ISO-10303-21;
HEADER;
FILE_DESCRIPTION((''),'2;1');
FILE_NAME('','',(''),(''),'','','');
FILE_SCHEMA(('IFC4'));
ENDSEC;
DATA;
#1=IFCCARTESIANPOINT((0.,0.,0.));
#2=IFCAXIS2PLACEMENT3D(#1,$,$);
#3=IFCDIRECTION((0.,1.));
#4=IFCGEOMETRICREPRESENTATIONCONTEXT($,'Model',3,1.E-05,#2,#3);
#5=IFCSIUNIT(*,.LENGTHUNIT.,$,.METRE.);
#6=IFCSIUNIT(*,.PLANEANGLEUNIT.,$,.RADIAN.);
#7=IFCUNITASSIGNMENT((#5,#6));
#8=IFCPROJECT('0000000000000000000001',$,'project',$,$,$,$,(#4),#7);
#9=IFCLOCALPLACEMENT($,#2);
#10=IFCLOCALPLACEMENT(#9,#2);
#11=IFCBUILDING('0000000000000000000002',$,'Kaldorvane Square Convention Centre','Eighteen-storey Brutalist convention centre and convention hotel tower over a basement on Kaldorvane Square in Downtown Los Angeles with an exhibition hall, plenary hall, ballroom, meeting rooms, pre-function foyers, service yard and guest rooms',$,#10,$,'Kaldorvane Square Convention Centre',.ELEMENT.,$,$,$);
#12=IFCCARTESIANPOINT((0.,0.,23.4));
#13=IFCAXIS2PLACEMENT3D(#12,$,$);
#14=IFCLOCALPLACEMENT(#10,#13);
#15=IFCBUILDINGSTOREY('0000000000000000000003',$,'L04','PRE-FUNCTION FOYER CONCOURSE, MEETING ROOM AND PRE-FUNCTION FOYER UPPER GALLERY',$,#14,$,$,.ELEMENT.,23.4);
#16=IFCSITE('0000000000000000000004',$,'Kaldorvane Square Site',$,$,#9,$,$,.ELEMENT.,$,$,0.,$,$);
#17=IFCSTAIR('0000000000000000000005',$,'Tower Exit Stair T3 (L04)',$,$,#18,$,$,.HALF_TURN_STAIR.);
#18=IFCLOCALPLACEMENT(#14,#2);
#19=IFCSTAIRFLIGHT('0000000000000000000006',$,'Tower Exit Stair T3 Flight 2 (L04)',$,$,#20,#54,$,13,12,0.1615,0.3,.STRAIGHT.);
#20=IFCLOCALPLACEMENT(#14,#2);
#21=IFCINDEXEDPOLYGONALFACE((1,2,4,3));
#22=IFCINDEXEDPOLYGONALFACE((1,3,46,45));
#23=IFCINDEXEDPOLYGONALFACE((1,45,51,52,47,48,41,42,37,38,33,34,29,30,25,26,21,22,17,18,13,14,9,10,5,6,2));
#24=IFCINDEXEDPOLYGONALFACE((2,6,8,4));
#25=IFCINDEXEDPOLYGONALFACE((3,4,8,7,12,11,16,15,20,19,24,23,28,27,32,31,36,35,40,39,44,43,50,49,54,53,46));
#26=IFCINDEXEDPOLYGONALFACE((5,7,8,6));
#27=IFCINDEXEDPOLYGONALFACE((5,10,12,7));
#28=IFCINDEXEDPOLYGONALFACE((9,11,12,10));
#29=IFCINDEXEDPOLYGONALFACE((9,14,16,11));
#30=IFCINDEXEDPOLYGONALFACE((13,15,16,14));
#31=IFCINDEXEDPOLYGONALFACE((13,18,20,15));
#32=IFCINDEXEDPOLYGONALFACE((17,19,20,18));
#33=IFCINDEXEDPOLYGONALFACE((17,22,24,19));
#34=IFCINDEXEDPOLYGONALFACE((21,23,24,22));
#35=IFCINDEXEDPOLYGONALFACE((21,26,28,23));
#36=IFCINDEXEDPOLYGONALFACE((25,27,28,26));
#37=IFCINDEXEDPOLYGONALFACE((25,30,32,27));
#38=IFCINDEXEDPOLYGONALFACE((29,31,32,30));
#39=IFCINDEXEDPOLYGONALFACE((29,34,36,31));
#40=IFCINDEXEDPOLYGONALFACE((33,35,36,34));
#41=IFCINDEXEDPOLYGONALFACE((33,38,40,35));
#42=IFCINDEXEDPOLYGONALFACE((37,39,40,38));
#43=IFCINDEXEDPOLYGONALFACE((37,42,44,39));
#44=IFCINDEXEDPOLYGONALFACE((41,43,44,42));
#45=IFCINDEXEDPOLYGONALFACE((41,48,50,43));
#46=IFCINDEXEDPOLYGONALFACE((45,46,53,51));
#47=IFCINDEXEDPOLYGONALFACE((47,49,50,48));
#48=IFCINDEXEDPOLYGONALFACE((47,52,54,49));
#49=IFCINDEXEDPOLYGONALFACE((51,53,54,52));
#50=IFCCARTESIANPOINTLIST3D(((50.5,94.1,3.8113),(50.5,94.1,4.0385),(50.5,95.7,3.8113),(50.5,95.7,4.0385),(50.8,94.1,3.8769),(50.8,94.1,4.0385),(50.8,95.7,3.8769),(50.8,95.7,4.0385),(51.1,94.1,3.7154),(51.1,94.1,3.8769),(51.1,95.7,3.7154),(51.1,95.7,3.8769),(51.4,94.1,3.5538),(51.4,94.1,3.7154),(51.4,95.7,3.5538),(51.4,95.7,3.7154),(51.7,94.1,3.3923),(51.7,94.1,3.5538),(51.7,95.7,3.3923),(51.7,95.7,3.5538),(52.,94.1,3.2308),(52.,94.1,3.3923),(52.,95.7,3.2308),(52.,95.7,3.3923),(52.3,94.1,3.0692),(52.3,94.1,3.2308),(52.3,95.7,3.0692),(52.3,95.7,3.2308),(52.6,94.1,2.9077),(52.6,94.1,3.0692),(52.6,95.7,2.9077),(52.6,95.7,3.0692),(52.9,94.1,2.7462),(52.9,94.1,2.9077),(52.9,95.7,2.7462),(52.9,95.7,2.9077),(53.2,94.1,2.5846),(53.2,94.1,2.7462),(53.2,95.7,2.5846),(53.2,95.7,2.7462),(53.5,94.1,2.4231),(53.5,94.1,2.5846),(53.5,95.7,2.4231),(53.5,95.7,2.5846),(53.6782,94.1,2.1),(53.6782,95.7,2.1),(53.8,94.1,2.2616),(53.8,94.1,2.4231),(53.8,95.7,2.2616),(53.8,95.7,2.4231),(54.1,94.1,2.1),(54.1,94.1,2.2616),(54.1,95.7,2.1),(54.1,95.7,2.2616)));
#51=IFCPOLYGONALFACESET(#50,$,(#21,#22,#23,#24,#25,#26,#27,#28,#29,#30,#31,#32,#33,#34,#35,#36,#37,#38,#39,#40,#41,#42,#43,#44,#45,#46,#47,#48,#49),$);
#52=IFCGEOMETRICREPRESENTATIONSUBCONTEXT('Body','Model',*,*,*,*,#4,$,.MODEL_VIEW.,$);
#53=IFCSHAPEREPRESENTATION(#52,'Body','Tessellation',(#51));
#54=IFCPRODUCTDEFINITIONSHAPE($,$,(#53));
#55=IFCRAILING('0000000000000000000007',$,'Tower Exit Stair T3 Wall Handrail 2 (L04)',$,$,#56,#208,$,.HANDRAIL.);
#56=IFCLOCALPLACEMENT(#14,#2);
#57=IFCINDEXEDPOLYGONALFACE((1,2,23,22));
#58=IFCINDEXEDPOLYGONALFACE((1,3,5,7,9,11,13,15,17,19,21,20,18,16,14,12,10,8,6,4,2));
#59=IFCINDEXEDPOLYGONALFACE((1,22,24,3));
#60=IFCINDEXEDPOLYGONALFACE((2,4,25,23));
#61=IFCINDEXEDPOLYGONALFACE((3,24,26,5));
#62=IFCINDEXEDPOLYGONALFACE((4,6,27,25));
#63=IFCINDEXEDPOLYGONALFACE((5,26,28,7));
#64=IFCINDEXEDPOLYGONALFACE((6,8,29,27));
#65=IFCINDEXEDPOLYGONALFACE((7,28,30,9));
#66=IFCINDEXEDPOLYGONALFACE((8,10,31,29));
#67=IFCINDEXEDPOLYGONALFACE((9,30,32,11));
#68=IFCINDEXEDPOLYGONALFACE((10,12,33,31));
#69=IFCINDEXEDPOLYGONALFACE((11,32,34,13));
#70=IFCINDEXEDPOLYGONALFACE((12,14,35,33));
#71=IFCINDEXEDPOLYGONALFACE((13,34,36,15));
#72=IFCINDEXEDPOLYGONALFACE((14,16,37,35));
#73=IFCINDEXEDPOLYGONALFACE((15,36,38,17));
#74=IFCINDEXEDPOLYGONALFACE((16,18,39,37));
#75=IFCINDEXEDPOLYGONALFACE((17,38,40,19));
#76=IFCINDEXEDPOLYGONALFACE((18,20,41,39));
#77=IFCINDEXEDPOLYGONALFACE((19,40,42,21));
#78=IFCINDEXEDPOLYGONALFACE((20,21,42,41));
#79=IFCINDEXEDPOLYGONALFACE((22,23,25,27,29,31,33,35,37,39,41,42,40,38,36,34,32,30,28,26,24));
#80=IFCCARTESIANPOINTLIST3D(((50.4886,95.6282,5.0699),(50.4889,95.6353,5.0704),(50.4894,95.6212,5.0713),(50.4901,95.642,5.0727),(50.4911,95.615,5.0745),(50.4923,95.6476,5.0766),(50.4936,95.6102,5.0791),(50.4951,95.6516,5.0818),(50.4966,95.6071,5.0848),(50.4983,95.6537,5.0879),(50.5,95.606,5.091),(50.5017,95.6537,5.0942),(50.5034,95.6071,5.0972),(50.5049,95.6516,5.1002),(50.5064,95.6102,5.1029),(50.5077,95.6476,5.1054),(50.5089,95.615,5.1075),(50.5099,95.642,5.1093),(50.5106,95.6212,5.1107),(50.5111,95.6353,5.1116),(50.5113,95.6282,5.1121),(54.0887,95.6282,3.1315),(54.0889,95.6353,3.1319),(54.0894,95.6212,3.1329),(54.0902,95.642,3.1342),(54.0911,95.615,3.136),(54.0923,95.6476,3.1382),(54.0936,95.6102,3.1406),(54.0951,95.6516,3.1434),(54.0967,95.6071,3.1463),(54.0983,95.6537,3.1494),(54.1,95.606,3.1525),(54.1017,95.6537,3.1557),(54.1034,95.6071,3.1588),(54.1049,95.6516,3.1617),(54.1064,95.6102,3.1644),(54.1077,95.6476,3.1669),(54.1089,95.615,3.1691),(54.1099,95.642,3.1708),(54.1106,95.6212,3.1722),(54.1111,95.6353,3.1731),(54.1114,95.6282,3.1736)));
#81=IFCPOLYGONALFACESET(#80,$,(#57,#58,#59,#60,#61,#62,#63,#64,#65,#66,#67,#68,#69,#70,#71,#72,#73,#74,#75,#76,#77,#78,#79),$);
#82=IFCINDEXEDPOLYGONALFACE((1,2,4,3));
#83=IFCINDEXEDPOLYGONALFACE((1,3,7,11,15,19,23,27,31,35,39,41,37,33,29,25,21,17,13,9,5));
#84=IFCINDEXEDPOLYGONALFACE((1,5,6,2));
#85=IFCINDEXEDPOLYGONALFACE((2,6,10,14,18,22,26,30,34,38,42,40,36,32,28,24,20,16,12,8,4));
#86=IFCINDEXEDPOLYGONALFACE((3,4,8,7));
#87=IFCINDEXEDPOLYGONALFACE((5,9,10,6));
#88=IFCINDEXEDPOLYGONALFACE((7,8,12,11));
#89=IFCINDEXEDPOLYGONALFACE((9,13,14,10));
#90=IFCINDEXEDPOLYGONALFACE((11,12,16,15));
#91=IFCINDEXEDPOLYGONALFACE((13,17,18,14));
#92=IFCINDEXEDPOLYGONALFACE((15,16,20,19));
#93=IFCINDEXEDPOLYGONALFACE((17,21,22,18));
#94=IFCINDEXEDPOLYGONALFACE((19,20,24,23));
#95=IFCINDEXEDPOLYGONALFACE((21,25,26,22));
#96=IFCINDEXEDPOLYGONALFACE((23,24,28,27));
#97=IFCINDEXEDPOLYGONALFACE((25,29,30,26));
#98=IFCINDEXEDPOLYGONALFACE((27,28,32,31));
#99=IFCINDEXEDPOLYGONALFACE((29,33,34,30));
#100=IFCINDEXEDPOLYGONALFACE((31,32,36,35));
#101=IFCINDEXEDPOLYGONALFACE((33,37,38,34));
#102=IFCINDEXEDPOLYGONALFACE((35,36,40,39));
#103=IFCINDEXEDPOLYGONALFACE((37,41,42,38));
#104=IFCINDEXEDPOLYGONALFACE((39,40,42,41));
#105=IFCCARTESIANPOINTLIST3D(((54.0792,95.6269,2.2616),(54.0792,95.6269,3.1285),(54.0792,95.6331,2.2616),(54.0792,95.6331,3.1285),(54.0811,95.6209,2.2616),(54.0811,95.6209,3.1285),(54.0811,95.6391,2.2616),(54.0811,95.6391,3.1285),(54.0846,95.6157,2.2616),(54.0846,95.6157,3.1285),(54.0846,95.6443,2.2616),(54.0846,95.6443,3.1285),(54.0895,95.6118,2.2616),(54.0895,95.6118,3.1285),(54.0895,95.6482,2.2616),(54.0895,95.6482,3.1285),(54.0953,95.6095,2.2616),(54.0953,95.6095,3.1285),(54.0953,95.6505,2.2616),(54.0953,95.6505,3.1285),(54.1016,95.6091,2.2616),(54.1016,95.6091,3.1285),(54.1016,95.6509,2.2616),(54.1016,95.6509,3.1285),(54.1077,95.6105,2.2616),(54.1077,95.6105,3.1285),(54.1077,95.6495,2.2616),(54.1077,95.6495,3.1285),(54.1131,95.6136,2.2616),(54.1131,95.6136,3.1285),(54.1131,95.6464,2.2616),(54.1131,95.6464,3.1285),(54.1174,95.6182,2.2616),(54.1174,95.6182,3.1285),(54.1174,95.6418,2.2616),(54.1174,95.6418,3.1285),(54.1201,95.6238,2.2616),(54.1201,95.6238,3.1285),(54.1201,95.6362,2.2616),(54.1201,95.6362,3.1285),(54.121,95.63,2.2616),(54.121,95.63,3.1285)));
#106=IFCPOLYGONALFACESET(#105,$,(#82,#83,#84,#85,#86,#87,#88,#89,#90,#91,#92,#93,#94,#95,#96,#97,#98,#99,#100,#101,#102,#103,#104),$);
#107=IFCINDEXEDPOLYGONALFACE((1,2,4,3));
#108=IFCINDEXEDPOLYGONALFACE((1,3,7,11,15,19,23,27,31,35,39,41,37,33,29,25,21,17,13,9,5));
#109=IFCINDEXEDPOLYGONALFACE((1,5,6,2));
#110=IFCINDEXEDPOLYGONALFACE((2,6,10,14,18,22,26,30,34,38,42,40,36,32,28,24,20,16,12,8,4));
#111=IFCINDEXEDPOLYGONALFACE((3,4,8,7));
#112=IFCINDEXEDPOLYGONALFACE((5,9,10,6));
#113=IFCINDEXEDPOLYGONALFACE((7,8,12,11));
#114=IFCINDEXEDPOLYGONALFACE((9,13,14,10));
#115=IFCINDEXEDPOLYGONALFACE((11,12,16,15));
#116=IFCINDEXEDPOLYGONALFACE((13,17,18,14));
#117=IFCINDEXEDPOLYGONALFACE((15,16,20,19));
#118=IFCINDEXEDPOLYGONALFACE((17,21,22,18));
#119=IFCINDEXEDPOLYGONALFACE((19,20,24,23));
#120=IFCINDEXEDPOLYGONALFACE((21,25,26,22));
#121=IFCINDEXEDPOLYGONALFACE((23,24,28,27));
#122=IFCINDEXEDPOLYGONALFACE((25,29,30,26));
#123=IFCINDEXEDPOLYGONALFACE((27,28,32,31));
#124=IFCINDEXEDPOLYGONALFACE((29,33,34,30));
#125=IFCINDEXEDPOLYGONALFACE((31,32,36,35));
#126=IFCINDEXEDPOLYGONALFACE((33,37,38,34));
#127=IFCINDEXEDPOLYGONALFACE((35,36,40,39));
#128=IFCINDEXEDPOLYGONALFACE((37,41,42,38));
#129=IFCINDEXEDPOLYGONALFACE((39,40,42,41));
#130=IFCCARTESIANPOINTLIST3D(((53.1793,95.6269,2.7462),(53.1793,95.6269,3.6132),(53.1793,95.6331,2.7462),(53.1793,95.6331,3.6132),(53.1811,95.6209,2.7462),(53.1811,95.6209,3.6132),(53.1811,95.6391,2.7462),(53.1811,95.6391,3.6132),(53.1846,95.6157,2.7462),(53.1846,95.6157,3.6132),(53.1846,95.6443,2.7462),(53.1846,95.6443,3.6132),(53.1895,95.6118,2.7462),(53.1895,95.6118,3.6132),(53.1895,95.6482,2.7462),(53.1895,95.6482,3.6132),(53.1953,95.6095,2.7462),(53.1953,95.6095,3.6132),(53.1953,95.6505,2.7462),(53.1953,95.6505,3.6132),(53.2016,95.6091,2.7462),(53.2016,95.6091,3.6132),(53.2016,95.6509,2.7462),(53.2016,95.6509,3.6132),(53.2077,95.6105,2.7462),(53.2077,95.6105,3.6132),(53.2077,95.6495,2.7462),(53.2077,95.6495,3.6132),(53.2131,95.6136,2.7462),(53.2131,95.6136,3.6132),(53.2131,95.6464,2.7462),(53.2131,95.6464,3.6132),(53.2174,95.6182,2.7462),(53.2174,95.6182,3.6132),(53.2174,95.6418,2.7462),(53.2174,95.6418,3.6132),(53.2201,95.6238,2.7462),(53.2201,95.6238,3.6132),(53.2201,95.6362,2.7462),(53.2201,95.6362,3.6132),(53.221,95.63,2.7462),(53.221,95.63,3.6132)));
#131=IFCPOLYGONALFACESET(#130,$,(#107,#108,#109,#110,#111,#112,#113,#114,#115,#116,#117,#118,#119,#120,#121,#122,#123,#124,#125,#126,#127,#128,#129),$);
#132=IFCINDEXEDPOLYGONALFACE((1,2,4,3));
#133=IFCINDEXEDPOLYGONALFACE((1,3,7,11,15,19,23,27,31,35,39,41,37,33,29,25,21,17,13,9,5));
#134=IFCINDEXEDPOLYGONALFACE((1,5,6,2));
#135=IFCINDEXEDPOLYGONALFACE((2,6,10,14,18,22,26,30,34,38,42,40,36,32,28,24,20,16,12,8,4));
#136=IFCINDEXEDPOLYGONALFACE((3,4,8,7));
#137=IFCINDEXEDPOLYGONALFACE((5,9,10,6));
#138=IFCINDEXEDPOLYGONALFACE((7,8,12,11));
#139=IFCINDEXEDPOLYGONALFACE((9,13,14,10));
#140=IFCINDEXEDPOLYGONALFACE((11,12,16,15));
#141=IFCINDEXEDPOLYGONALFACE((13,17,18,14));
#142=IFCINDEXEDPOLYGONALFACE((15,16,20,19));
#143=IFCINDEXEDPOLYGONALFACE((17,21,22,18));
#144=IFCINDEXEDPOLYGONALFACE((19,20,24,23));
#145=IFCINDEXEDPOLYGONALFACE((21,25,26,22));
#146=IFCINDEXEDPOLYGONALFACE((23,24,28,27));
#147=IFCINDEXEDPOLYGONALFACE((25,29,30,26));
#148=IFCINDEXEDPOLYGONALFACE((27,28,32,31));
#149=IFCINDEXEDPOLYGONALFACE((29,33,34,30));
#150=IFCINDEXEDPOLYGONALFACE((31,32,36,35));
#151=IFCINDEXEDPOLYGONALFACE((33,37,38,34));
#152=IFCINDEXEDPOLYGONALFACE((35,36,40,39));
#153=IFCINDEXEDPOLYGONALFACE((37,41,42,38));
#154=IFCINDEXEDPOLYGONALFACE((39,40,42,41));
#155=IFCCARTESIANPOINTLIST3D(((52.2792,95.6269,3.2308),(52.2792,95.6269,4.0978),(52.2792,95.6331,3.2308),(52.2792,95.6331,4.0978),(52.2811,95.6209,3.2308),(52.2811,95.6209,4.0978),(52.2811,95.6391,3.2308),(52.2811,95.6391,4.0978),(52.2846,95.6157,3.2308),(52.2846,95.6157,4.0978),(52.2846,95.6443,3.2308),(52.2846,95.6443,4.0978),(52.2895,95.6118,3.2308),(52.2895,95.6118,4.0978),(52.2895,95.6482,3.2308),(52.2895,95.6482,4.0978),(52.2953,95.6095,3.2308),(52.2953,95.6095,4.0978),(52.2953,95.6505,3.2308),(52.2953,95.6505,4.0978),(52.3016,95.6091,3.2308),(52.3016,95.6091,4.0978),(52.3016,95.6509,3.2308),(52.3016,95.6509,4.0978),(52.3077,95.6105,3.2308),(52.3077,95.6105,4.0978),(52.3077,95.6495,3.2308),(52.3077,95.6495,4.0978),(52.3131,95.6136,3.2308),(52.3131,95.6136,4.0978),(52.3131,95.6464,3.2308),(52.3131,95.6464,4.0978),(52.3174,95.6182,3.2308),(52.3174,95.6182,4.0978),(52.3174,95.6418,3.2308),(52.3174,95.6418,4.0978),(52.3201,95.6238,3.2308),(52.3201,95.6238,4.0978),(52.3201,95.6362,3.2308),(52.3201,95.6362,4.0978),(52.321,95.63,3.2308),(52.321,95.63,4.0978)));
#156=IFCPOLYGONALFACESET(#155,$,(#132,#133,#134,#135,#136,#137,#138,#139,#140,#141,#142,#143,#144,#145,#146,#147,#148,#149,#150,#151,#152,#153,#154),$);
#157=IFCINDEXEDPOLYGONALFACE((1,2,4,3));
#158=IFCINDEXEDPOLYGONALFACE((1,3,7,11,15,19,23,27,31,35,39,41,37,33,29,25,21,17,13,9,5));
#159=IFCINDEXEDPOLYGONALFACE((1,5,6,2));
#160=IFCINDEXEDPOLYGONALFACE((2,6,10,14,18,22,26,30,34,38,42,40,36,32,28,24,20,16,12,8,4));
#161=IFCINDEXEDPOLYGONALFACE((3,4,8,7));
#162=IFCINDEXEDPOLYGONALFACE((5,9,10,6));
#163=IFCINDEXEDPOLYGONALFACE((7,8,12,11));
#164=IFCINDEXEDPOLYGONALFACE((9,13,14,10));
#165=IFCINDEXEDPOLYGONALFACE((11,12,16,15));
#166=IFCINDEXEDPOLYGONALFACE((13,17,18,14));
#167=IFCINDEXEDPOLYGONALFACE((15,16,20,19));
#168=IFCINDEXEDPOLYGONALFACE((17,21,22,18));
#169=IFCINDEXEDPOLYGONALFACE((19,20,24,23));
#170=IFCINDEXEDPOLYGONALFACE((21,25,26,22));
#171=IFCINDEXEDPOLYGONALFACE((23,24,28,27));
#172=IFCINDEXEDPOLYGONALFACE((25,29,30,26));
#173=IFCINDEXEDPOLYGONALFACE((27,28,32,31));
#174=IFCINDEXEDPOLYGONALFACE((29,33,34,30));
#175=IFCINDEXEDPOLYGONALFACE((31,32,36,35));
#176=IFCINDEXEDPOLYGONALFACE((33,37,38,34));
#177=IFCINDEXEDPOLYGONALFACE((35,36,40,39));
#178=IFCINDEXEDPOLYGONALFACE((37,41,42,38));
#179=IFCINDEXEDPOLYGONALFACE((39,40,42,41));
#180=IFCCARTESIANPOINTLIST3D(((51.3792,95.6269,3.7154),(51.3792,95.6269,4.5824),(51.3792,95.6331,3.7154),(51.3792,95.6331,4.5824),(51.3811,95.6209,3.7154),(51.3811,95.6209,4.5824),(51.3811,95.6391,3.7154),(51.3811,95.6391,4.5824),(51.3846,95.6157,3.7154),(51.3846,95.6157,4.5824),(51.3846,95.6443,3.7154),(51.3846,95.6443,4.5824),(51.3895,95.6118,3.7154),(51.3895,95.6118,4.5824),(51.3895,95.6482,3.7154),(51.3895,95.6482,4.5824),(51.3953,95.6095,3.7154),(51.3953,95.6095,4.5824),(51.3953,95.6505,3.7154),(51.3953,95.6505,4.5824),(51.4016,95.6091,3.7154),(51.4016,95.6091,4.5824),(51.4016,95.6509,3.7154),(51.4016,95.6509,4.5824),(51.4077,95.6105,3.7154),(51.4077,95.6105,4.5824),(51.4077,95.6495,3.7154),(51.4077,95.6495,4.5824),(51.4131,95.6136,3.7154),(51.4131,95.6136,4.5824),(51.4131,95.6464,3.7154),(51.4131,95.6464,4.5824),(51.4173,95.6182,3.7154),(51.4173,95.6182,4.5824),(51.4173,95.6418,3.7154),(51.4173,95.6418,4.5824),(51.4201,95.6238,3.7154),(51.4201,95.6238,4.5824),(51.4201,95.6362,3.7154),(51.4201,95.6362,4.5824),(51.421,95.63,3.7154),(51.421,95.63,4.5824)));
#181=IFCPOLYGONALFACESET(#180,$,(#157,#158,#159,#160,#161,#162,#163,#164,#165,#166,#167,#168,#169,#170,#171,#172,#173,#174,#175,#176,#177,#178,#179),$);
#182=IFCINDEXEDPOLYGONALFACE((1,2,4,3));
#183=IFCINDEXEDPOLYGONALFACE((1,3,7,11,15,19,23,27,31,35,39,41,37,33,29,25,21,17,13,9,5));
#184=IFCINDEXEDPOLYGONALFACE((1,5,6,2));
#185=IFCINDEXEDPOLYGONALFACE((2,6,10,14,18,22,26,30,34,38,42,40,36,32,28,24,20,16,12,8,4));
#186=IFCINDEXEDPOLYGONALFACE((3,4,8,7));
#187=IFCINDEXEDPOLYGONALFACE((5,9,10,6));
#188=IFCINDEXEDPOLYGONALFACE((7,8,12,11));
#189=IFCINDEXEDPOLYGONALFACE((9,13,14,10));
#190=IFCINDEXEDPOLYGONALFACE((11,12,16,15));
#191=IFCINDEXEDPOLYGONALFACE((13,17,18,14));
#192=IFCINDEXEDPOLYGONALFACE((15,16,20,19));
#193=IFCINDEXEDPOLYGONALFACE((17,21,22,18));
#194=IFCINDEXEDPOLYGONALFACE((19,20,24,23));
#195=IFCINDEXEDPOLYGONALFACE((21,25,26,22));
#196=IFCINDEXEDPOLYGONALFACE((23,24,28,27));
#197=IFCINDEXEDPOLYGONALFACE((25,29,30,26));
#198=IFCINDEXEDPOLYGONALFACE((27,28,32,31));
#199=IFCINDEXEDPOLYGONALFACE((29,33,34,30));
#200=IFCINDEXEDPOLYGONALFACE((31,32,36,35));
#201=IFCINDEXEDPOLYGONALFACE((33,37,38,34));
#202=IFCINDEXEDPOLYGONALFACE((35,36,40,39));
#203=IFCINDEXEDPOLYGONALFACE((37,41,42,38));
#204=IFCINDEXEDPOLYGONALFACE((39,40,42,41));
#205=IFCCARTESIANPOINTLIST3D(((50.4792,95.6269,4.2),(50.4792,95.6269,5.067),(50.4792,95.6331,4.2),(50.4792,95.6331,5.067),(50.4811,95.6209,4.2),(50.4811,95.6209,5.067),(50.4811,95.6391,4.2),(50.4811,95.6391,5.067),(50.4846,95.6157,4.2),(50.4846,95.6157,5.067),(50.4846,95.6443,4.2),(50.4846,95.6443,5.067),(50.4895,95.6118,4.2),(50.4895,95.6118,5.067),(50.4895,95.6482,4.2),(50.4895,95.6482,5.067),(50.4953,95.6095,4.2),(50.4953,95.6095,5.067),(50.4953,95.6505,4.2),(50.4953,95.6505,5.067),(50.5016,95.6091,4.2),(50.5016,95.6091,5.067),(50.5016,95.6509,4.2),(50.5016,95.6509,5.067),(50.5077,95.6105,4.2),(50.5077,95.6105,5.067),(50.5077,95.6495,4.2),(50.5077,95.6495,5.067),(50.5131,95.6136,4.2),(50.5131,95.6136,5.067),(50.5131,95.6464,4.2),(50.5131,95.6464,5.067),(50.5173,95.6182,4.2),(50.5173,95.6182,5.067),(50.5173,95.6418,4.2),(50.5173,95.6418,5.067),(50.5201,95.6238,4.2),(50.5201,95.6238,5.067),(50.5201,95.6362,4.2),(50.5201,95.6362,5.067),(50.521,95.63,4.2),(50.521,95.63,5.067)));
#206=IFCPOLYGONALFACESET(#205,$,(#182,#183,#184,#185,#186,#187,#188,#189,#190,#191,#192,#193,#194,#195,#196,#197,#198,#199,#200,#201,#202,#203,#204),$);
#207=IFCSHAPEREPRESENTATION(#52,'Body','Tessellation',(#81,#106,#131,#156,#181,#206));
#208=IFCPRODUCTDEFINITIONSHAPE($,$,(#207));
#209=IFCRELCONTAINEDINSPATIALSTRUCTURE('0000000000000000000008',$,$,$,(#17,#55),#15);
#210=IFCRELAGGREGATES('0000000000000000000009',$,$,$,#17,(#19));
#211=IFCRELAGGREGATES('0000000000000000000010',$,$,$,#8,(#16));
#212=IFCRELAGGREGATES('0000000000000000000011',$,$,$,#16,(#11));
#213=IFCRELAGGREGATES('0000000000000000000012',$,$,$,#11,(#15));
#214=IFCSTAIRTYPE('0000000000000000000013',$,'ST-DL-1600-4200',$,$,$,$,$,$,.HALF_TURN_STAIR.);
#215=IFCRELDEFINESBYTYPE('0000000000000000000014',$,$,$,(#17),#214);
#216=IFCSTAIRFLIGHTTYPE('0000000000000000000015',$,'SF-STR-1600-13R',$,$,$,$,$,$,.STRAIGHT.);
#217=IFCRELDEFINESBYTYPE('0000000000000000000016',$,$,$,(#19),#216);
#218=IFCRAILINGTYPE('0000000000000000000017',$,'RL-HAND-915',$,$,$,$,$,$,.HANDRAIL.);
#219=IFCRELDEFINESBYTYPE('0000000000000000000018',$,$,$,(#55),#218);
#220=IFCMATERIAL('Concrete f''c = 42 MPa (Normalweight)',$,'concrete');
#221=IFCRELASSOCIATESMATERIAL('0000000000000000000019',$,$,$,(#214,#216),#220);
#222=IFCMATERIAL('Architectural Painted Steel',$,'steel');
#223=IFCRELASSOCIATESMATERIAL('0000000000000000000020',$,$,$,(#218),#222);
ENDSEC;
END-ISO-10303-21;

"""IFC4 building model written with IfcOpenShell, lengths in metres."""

from ifc_helpers import new_model, si_unit, direction, frame, origin, origin_2d, place, context, subcontext, project, spatial, polyline, circle, outline, extrude, material, type_object, element, aggregate, save


model = new_model("IFC4")

# Units and contexts
model_context = context("Model", 3, precision=1e-05, world=origin(), true_north=direction((0.0, 1.0)))
body_context = subcontext(model_context, "Body", "Model", "MODEL_VIEW")
ifc_project = project(units=[si_unit("LENGTHUNIT", "METRE"), si_unit("PLANEANGLEUNIT", "RADIAN")], contexts=[model_context])

# Site, building, storey
site_placement = place(None, origin())
site = spatial("IfcSite", under=ifc_project, at=site_placement, Name="Kaldorvane Square Site", CompositionType="ELEMENT", RefElevation=0.0)
building_placement = place(site_placement, origin())
building = spatial("IfcBuilding", under=site, at=building_placement, Name="Kaldorvane Square Convention Centre", Description="Eighteen-storey Brutalist convention centre and convention hotel tower over a basement on Kaldorvane Square in Downtown Los Angeles with an exhibition hall, plenary hall, ballroom, meeting rooms, pre-function foyers, service yard and guest rooms", LongName="Kaldorvane Square Convention Centre", CompositionType="ELEMENT")
storey_placement = place(building_placement, frame((0.0, 0.0, 23.4)))
storey = spatial("IfcBuildingStorey", under=building, at=storey_placement, Name="L04", Description="PRE-FUNCTION FOYER CONCOURSE, MEETING ROOM AND PRE-FUNCTION FOYER UPPER GALLERY", CompositionType="ELEMENT", Elevation=23.4)

# Stair, stair flight
ifc_material_1 = material(Name="Concrete f'c = 42 MPa (Normalweight)", Category="concrete")
stair_type = type_object("IfcStairType", Name="ST-DL-1600-4200", PredefinedType="HALF_TURN_STAIR", material=ifc_material_1)
stair_placement = place(storey_placement, origin())
stair = element("IfcStair", 1, at=stair_placement, inside=storey, type_object=stair_type, Name="Tower Exit Stair T3 (L04)", PredefinedType="HALF_TURN_STAIR")
stair_flight_type = type_object("IfcStairFlightType", Name="SF-STR-1600-13R", PredefinedType="STRAIGHT", material=ifc_material_1)
stair_flight_placement = place(storey_placement, frame((54.1, 94.9, 2.1), z_axis=(0.0, 0.0, 1.0), x_axis=(-1.0, 0.0, 0.0)))
stair_flight = element("IfcStairFlight", 2, at=stair_flight_placement, type_object=stair_flight_type, Name="Tower Exit Stair T3 Flight 2 (L04)", NumberOfRisers=13, NumberOfTreads=12, PredefinedType="STRAIGHT", RiserHeight=0.1615, TreadLength=0.3, context=body_context, shape_type="SweptSolid", body=[
    extrude(outline(polyline([(0.0, 0.0), (0.0, 0.1615), (0.3, 0.1615), (0.3, 0.3231), (0.6, 0.3231), (0.6, 0.4846), (0.9, 0.4846), (0.9, 0.6461), (1.2, 0.6461), (1.2, 0.8077), (1.5, 0.8077), (1.5, 0.9692), (1.8, 0.9692), (1.8, 1.1308), (2.1, 1.1308), (2.1, 1.2923), (2.4, 1.2923), (2.4, 1.4538), (2.7, 1.4538), (2.7, 1.6154), (3.0, 1.6154), (3.0, 1.7769), (3.3, 1.7769), (3.3, 1.9385), (3.6, 1.9385), (3.6, 2.1), (3.6, 1.7113), (0.4218, 0.0), (0.0, 0.0)])), frame((0.0, 0.8, 0.0), z_axis=(0.0, -1.0, 0.0), x_axis=(1.0, 0.0, 0.0)), (0.0, 0.0, 1.0), 1.6),
])
aggregate(stair, [stair_flight])

# Railing
ifc_material_2 = material(Name="Architectural Painted Steel", Category="steel")
railing_type = type_object("IfcRailingType", Name="RL-HAND-915", PredefinedType="HANDRAIL", material=ifc_material_2)
railing_placement = place(storey_placement, frame((54.1, 95.63, 2.2616)))
element("IfcRailing", 3, at=railing_placement, inside=storey, type_object=railing_type, Name="Tower Exit Stair T3 Wall Handrail 2 (L04)", PredefinedType="HANDRAIL", context=body_context, shape_type="SweptSolid", body=[
    extrude(circle(Radius=0.024, at=origin_2d()), frame((0.0, 0.0, 0.891), z_axis=(-0.880471, 0.0, 0.474099), x_axis=(0.0, -1.0, 0.0)), (0.0, 0.0, 1.0), 4.0887),
    extrude(circle(Radius=0.021, at=origin_2d()), origin(), (0.0, 0.0, 1.0), 0.867),
    extrude(circle(Radius=0.021, at=origin_2d()), frame((-0.9, 0.0, 0.4846)), (0.0, 0.0, 1.0), 0.867),
    extrude(circle(Radius=0.021, at=origin_2d()), frame((-1.8, 0.0, 0.9692)), (0.0, 0.0, 1.0), 0.867),
    extrude(circle(Radius=0.021, at=origin_2d()), frame((-2.7, 0.0, 1.4538)), (0.0, 0.0, 1.0), 0.867),
    extrude(circle(Radius=0.021, at=origin_2d()), frame((-3.6, 0.0, 1.9385)), (0.0, 0.0, 1.0), 0.867),
])

save(model, "model.ifc")
